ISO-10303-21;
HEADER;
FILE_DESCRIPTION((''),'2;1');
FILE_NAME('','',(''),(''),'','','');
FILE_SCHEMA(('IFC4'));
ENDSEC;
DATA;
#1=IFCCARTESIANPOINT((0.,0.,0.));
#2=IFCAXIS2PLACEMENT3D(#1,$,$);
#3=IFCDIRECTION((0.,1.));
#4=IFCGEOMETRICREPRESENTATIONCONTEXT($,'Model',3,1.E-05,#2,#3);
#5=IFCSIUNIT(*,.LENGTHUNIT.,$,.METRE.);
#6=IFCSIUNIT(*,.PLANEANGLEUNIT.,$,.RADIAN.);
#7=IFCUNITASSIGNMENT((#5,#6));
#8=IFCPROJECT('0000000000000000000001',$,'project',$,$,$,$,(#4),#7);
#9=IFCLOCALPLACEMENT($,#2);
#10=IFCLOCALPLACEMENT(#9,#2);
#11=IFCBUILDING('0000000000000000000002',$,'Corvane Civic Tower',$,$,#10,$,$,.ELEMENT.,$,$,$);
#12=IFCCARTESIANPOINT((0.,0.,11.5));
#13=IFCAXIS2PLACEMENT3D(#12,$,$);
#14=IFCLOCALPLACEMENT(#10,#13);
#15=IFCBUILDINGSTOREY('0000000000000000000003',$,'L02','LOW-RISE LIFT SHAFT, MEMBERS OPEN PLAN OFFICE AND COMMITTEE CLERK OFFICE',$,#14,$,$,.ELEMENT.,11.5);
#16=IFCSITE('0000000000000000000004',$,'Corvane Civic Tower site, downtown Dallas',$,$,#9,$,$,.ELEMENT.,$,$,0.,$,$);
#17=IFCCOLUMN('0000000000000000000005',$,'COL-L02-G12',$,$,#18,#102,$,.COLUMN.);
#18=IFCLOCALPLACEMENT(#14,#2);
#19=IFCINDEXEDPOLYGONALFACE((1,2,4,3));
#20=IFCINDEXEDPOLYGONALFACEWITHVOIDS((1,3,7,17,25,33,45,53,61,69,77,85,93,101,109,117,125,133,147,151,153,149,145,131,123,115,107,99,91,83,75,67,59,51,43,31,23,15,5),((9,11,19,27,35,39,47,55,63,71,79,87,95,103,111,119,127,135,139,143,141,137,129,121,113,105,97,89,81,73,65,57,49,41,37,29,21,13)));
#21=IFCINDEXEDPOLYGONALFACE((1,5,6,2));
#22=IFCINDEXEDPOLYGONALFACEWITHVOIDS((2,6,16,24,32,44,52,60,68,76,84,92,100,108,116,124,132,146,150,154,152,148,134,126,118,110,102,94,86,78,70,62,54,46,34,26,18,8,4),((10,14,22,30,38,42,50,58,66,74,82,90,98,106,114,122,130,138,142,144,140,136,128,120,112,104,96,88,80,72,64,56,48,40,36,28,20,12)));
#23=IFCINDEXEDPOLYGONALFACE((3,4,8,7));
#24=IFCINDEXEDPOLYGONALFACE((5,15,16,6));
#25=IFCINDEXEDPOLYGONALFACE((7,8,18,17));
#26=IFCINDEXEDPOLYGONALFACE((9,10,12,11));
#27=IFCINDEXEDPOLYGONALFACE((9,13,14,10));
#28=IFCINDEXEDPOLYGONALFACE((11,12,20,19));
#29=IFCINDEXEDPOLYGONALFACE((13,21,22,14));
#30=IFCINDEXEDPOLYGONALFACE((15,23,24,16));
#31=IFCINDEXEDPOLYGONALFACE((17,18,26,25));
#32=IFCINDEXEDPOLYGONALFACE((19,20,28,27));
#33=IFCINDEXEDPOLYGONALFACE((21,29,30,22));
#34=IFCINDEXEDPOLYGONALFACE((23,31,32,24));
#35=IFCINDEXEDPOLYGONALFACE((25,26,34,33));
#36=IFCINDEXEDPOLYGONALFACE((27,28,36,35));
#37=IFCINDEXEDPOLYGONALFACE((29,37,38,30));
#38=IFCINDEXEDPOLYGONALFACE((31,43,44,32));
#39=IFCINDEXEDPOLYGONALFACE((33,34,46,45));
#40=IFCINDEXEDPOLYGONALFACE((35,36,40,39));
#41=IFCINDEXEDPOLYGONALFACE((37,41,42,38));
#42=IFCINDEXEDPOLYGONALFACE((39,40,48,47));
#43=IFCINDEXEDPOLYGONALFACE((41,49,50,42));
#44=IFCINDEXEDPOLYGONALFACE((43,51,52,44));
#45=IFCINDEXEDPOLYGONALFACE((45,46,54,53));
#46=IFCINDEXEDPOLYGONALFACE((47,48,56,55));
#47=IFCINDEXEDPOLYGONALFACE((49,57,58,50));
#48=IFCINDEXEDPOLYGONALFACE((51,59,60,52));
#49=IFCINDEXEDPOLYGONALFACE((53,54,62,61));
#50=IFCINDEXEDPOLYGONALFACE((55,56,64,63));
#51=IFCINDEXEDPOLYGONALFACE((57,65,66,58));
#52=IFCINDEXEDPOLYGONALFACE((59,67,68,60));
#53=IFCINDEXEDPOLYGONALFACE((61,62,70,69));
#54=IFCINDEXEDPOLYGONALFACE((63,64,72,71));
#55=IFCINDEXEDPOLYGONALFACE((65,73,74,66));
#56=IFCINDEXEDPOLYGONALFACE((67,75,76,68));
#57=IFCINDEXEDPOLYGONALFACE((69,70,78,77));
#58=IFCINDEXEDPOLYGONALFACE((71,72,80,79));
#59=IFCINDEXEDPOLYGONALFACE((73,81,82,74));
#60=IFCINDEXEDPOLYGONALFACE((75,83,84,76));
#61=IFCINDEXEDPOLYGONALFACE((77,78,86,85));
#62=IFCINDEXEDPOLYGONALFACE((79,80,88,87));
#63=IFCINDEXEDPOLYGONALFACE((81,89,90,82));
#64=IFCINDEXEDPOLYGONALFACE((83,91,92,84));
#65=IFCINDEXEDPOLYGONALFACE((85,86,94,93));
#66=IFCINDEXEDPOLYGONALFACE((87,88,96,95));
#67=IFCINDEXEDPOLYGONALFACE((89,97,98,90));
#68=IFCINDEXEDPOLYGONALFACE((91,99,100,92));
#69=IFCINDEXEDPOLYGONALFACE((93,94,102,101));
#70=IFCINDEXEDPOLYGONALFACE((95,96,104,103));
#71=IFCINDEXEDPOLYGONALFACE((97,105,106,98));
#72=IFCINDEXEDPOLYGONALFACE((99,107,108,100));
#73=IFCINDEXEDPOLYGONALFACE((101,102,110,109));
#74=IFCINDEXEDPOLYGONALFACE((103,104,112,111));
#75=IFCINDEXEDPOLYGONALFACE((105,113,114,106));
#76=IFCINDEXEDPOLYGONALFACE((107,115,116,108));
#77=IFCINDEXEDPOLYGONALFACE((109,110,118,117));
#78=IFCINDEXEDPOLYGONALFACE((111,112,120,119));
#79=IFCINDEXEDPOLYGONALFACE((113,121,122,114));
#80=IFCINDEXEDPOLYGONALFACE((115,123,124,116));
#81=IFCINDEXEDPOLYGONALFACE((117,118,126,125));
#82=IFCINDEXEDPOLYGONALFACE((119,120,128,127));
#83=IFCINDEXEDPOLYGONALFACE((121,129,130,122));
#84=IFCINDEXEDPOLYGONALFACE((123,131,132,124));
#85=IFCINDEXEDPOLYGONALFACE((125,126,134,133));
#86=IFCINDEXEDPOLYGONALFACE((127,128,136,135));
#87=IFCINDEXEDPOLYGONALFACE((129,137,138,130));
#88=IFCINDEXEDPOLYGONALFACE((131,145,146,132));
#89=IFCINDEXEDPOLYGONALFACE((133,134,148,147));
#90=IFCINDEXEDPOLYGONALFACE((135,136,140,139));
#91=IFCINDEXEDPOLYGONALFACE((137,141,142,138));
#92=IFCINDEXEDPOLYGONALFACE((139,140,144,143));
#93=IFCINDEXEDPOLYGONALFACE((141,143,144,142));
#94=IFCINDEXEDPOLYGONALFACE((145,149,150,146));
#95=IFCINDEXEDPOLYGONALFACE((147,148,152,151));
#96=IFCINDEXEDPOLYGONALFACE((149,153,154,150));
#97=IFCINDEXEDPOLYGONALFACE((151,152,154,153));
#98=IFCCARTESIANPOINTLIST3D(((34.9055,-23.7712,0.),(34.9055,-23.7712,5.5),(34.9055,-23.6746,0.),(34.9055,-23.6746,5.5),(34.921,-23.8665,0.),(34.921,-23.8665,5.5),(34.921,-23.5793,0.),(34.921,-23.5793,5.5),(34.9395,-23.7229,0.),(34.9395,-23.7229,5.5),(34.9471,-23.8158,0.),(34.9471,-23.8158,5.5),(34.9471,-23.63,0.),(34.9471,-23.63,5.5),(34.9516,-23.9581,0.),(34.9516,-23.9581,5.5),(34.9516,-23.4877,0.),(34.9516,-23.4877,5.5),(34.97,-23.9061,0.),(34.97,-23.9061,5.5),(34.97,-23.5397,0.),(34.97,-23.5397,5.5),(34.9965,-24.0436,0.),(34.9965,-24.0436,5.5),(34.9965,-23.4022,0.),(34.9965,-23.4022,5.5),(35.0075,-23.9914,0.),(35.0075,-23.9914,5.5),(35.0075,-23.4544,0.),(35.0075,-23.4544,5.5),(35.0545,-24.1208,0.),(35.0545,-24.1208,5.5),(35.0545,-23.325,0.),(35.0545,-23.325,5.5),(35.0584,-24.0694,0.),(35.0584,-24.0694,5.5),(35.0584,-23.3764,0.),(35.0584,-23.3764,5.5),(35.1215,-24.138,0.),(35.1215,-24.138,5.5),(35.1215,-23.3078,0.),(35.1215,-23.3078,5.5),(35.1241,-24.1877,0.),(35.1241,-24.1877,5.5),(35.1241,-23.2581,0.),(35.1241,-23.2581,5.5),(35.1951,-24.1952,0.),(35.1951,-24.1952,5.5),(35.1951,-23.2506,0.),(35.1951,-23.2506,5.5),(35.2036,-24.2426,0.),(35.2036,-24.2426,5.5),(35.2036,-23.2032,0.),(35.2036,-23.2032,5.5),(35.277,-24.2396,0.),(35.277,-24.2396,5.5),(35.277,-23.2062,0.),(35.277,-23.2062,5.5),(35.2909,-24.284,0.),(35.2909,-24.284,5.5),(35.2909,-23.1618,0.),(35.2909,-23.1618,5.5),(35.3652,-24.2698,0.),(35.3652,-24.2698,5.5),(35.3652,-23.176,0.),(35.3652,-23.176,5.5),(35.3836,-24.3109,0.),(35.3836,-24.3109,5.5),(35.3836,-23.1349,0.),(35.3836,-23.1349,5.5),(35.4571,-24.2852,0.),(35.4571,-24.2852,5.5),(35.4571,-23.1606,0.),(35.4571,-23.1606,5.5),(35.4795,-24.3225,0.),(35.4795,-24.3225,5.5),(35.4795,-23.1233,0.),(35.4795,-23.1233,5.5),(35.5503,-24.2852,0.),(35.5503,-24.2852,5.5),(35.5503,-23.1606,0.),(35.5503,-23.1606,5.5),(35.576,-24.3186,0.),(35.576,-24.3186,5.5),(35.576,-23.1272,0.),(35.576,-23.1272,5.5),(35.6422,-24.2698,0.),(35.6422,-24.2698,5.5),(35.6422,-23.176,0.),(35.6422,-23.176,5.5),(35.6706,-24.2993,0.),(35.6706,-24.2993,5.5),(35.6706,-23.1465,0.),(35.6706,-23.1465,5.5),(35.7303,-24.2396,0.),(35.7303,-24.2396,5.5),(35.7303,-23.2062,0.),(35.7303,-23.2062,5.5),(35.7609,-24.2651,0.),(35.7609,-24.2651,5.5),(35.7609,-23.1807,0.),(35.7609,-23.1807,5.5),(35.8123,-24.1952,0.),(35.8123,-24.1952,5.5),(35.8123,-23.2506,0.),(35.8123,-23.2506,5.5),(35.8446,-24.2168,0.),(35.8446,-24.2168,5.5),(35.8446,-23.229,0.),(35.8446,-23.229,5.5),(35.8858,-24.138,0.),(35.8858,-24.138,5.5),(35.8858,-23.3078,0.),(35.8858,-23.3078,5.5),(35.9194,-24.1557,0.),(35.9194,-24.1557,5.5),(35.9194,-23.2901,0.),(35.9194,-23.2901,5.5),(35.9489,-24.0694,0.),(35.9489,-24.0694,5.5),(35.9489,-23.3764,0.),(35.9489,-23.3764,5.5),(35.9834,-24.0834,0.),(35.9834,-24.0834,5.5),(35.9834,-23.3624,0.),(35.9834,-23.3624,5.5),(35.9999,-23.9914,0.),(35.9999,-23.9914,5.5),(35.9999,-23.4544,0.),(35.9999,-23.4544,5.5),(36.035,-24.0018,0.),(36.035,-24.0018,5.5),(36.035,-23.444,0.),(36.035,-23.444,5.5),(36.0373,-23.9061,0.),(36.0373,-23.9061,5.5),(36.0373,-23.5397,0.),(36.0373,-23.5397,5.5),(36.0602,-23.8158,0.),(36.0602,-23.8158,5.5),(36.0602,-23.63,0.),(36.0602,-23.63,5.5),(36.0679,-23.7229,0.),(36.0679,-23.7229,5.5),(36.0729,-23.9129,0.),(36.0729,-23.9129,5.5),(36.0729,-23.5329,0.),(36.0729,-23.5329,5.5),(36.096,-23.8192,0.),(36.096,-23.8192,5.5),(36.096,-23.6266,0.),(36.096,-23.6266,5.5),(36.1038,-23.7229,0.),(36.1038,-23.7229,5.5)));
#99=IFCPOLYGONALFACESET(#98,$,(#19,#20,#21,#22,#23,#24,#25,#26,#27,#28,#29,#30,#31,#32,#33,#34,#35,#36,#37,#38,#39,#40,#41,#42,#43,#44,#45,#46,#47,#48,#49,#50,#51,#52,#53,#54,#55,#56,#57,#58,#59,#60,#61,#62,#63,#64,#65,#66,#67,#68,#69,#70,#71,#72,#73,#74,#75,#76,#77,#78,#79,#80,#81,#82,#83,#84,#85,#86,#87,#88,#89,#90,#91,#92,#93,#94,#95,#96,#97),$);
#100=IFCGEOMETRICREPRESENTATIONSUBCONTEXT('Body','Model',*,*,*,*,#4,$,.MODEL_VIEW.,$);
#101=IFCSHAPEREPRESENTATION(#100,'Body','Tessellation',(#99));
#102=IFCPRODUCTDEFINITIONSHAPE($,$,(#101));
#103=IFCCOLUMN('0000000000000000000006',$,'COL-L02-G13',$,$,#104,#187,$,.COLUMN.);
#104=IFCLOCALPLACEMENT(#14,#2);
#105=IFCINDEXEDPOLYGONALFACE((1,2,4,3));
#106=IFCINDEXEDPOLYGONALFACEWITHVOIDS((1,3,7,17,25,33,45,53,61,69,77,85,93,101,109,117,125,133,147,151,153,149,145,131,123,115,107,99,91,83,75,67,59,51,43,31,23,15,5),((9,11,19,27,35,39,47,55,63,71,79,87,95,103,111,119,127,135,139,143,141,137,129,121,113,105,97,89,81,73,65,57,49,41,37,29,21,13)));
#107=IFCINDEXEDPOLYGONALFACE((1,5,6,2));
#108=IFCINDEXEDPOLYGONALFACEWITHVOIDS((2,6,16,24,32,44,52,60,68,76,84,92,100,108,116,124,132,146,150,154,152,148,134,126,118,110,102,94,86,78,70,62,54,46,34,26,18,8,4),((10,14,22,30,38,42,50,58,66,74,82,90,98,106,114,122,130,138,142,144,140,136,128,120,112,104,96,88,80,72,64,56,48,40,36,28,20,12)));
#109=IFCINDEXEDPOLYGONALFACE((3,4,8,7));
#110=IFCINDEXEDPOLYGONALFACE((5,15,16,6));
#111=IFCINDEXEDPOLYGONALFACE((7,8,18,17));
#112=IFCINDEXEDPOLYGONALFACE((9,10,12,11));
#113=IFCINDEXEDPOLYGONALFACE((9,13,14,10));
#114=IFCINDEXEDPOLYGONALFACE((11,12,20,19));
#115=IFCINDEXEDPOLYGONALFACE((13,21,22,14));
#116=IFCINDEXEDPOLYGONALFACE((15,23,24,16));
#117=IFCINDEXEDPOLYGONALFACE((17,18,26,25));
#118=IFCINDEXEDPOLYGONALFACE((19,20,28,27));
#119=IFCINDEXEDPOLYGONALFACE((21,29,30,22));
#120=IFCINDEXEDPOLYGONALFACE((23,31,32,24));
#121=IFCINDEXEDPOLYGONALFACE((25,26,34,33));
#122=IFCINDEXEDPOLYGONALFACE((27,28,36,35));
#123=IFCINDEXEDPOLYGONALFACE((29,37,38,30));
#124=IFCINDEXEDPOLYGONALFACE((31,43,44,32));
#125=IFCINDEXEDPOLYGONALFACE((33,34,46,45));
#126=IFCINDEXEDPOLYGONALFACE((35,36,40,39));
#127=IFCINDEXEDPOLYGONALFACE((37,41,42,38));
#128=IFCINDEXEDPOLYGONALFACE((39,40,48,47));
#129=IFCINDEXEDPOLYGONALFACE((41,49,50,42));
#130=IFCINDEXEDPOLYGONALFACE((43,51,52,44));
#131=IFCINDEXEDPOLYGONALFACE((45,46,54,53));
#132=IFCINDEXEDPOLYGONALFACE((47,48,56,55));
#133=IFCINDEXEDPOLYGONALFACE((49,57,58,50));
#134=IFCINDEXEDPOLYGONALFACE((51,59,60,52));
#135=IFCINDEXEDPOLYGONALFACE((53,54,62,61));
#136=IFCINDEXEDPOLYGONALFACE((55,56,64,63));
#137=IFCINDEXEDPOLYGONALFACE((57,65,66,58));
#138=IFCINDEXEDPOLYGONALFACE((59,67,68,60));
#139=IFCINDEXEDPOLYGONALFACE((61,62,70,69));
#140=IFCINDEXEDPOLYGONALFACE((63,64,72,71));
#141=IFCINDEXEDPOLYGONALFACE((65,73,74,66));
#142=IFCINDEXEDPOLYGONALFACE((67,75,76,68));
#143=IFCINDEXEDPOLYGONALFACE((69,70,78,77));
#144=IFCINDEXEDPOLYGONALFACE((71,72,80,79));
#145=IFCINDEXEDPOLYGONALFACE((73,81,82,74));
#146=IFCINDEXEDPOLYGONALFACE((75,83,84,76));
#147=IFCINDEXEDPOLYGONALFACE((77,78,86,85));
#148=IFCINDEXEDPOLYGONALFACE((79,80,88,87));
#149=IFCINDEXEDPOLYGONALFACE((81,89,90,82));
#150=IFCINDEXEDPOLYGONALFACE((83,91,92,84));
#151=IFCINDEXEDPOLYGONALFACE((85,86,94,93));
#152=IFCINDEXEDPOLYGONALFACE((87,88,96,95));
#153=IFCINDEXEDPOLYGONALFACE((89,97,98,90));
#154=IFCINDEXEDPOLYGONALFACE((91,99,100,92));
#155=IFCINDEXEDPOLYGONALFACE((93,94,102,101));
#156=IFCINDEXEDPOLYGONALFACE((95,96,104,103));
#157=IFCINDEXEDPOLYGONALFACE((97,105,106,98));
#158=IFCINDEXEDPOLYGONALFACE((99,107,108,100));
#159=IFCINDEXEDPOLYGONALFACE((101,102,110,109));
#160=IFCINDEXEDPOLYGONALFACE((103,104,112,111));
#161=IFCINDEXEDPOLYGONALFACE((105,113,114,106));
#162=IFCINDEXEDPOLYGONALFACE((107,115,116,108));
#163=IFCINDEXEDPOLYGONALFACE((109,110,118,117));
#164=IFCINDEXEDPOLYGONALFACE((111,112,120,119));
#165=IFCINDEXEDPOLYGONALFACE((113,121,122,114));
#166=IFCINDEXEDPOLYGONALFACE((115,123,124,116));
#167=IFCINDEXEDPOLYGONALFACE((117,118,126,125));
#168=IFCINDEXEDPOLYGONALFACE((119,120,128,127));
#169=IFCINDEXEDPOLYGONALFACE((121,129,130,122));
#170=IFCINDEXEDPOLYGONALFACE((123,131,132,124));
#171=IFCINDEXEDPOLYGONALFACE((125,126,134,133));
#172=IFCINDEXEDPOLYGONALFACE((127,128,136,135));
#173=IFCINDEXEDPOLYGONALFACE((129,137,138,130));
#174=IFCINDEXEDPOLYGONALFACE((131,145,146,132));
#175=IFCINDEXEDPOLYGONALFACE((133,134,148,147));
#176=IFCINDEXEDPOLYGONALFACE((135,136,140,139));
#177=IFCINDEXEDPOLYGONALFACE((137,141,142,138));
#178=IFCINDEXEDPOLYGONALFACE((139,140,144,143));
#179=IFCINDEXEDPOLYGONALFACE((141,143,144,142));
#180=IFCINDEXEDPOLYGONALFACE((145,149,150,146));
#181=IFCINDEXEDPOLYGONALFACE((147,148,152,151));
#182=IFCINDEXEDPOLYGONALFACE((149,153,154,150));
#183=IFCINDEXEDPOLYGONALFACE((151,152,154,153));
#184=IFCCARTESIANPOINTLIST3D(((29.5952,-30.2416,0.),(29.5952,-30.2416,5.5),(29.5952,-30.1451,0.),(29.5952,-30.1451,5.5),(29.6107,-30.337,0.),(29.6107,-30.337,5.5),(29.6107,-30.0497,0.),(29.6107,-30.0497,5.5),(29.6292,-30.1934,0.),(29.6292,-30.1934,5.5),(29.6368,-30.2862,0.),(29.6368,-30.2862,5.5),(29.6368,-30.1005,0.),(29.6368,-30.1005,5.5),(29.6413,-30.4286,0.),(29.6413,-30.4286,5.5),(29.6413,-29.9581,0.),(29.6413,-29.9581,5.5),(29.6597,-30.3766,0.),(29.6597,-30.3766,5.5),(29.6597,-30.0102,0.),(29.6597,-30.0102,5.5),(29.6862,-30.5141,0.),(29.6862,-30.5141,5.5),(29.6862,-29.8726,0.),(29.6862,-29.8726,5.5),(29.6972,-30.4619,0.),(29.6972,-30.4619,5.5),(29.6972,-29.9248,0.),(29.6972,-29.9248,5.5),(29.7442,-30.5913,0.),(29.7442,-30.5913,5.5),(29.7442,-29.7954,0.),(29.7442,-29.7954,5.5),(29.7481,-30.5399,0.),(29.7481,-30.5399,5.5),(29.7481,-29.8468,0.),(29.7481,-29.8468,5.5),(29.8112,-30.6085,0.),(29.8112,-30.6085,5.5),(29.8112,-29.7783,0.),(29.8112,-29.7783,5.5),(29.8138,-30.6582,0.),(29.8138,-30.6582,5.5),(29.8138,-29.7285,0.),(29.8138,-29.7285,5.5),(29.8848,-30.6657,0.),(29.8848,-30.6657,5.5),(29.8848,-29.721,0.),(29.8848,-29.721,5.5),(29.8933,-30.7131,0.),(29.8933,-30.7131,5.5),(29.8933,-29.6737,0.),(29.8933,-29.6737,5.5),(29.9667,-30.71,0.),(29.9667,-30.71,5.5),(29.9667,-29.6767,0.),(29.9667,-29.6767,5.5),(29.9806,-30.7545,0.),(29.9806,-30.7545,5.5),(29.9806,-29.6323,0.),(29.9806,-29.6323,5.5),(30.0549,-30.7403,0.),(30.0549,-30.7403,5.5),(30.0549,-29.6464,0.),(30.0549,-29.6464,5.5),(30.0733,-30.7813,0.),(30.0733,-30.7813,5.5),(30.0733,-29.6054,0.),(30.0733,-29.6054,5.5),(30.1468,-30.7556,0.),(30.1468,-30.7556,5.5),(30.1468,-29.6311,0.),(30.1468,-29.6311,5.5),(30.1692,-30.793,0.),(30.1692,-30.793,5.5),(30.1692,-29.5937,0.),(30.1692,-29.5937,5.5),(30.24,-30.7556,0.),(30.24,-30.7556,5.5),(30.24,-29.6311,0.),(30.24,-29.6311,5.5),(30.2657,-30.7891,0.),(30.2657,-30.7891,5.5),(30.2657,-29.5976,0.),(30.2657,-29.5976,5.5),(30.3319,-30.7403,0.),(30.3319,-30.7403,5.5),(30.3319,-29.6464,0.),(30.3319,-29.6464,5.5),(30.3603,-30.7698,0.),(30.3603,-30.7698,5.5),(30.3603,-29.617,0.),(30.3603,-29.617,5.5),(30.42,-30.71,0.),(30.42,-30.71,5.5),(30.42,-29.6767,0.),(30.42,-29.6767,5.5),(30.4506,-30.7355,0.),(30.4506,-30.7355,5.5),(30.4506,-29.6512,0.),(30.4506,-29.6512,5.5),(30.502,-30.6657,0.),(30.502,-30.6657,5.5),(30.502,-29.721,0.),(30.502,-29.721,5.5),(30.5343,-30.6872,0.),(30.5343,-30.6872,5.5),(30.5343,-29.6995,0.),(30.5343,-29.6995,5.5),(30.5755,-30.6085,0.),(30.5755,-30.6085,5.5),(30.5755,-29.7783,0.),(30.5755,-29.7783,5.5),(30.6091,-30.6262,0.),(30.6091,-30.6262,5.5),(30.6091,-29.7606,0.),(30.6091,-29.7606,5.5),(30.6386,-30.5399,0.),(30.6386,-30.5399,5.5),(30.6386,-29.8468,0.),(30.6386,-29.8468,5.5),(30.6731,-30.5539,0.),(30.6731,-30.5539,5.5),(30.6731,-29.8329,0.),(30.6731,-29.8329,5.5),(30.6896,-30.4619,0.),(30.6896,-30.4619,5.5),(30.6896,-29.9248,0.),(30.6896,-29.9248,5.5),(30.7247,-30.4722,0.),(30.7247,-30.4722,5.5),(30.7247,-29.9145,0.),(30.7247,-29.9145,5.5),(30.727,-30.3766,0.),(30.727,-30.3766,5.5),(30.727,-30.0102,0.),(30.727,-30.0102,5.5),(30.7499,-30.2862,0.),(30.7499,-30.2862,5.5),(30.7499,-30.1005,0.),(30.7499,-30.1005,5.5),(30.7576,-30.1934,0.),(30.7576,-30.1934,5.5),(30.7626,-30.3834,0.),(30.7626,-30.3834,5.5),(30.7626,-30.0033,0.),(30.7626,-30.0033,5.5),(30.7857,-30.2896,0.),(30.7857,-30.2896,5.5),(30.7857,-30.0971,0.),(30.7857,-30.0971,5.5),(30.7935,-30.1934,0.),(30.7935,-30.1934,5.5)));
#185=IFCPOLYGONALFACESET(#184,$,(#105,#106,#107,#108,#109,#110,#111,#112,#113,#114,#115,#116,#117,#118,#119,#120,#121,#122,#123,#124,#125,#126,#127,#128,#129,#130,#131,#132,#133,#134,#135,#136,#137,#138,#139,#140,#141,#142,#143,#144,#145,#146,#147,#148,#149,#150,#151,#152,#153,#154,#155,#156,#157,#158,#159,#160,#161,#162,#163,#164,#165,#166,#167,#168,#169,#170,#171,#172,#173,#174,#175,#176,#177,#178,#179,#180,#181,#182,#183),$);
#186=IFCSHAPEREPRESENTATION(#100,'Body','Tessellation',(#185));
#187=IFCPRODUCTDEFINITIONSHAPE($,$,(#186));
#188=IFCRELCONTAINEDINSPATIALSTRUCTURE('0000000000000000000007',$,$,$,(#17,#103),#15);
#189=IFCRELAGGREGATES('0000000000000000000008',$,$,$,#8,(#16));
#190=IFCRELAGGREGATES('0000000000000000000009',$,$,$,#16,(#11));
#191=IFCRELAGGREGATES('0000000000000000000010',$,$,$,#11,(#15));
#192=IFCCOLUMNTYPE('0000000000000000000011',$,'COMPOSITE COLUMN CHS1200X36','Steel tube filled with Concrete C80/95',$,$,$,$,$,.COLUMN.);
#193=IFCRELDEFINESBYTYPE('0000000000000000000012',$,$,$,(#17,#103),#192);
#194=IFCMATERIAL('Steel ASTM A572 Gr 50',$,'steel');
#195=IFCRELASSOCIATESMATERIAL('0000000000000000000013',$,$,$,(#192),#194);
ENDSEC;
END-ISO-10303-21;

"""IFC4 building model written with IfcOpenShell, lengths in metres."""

from ifc_helpers import new_model, si_unit, direction, frame, origin, origin_2d, place, context, subcontext, project, spatial, hollow_circle, extrude, material, material_profile, profile_set, type_object, element, save


model = new_model("IFC4")

# Units and contexts
model_context = context("Model", 3, precision=1e-05, world=origin(), true_north=direction((0.0, 1.0)))
body_context = subcontext(model_context, "Body", "Model", "MODEL_VIEW")
ifc_project = project(units=[si_unit("LENGTHUNIT", "METRE"), si_unit("PLANEANGLEUNIT", "RADIAN")], contexts=[model_context])

# Site, building, storey
site_placement = place(None, origin())
site = spatial("IfcSite", under=ifc_project, at=site_placement, Name="Corvane Civic Tower site, downtown Dallas", CompositionType="ELEMENT", RefElevation=0.0)
building_placement = place(site_placement, origin())
building = spatial("IfcBuilding", under=site, at=building_placement, Name="Corvane Civic Tower", CompositionType="ELEMENT")
storey_placement = place(building_placement, frame((0.0, 0.0, 11.5)))
storey = spatial("IfcBuildingStorey", under=building, at=storey_placement, Name="L02", Description="LOW-RISE LIFT SHAFT, MEMBERS OPEN PLAN OFFICE AND COMMITTEE CLERK OFFICE", CompositionType="ELEMENT", Elevation=11.5)

# Columns
ifc_material_1 = material(Name="Steel ASTM A572 Gr 50", Category="steel")
ifc_material_profile_1 = material_profile(ifc_material_1, hollow_circle(Radius=0.6001, WallThickness=0.0359, at=origin_2d()), Name="CHS1200X36")
ifc_profile_set_1 = profile_set([ifc_material_profile_1], Name="Steel ASTM A572 Gr 50")
column_type_1 = type_object("IfcColumnType", Name="COMPOSITE COLUMN CHS1200X36", Description="Steel tube filled with Concrete C80/95", PredefinedType="COLUMN", material=ifc_profile_set_1)
for number, where, z_axis, x_axis, name in (
    (1, (35.5037, -23.7229, 0.0), (0.0, 0.0, 1.0), (1.0, 0.0, 0.0), "COL-L02-G12"),
    (2, (30.1934, -30.1934, 0.0), (0.0, 0.0, 1.0), (1.0, 0.0, 0.0), "COL-L02-G13"),
):
    element("IfcColumn", number, at=place(storey_placement, frame(where, z_axis=z_axis, x_axis=x_axis)), inside=storey, type_object=column_type_1, Name=name, PredefinedType="COLUMN", context=body_context, shape_type="SweptSolid", body=[
        extrude(hollow_circle(Radius=0.6001, WallThickness=0.0359, at=origin_2d()), origin(), (0.0, 0.0, 1.0), 5.5),
    ])

save(model, "model.ifc")
